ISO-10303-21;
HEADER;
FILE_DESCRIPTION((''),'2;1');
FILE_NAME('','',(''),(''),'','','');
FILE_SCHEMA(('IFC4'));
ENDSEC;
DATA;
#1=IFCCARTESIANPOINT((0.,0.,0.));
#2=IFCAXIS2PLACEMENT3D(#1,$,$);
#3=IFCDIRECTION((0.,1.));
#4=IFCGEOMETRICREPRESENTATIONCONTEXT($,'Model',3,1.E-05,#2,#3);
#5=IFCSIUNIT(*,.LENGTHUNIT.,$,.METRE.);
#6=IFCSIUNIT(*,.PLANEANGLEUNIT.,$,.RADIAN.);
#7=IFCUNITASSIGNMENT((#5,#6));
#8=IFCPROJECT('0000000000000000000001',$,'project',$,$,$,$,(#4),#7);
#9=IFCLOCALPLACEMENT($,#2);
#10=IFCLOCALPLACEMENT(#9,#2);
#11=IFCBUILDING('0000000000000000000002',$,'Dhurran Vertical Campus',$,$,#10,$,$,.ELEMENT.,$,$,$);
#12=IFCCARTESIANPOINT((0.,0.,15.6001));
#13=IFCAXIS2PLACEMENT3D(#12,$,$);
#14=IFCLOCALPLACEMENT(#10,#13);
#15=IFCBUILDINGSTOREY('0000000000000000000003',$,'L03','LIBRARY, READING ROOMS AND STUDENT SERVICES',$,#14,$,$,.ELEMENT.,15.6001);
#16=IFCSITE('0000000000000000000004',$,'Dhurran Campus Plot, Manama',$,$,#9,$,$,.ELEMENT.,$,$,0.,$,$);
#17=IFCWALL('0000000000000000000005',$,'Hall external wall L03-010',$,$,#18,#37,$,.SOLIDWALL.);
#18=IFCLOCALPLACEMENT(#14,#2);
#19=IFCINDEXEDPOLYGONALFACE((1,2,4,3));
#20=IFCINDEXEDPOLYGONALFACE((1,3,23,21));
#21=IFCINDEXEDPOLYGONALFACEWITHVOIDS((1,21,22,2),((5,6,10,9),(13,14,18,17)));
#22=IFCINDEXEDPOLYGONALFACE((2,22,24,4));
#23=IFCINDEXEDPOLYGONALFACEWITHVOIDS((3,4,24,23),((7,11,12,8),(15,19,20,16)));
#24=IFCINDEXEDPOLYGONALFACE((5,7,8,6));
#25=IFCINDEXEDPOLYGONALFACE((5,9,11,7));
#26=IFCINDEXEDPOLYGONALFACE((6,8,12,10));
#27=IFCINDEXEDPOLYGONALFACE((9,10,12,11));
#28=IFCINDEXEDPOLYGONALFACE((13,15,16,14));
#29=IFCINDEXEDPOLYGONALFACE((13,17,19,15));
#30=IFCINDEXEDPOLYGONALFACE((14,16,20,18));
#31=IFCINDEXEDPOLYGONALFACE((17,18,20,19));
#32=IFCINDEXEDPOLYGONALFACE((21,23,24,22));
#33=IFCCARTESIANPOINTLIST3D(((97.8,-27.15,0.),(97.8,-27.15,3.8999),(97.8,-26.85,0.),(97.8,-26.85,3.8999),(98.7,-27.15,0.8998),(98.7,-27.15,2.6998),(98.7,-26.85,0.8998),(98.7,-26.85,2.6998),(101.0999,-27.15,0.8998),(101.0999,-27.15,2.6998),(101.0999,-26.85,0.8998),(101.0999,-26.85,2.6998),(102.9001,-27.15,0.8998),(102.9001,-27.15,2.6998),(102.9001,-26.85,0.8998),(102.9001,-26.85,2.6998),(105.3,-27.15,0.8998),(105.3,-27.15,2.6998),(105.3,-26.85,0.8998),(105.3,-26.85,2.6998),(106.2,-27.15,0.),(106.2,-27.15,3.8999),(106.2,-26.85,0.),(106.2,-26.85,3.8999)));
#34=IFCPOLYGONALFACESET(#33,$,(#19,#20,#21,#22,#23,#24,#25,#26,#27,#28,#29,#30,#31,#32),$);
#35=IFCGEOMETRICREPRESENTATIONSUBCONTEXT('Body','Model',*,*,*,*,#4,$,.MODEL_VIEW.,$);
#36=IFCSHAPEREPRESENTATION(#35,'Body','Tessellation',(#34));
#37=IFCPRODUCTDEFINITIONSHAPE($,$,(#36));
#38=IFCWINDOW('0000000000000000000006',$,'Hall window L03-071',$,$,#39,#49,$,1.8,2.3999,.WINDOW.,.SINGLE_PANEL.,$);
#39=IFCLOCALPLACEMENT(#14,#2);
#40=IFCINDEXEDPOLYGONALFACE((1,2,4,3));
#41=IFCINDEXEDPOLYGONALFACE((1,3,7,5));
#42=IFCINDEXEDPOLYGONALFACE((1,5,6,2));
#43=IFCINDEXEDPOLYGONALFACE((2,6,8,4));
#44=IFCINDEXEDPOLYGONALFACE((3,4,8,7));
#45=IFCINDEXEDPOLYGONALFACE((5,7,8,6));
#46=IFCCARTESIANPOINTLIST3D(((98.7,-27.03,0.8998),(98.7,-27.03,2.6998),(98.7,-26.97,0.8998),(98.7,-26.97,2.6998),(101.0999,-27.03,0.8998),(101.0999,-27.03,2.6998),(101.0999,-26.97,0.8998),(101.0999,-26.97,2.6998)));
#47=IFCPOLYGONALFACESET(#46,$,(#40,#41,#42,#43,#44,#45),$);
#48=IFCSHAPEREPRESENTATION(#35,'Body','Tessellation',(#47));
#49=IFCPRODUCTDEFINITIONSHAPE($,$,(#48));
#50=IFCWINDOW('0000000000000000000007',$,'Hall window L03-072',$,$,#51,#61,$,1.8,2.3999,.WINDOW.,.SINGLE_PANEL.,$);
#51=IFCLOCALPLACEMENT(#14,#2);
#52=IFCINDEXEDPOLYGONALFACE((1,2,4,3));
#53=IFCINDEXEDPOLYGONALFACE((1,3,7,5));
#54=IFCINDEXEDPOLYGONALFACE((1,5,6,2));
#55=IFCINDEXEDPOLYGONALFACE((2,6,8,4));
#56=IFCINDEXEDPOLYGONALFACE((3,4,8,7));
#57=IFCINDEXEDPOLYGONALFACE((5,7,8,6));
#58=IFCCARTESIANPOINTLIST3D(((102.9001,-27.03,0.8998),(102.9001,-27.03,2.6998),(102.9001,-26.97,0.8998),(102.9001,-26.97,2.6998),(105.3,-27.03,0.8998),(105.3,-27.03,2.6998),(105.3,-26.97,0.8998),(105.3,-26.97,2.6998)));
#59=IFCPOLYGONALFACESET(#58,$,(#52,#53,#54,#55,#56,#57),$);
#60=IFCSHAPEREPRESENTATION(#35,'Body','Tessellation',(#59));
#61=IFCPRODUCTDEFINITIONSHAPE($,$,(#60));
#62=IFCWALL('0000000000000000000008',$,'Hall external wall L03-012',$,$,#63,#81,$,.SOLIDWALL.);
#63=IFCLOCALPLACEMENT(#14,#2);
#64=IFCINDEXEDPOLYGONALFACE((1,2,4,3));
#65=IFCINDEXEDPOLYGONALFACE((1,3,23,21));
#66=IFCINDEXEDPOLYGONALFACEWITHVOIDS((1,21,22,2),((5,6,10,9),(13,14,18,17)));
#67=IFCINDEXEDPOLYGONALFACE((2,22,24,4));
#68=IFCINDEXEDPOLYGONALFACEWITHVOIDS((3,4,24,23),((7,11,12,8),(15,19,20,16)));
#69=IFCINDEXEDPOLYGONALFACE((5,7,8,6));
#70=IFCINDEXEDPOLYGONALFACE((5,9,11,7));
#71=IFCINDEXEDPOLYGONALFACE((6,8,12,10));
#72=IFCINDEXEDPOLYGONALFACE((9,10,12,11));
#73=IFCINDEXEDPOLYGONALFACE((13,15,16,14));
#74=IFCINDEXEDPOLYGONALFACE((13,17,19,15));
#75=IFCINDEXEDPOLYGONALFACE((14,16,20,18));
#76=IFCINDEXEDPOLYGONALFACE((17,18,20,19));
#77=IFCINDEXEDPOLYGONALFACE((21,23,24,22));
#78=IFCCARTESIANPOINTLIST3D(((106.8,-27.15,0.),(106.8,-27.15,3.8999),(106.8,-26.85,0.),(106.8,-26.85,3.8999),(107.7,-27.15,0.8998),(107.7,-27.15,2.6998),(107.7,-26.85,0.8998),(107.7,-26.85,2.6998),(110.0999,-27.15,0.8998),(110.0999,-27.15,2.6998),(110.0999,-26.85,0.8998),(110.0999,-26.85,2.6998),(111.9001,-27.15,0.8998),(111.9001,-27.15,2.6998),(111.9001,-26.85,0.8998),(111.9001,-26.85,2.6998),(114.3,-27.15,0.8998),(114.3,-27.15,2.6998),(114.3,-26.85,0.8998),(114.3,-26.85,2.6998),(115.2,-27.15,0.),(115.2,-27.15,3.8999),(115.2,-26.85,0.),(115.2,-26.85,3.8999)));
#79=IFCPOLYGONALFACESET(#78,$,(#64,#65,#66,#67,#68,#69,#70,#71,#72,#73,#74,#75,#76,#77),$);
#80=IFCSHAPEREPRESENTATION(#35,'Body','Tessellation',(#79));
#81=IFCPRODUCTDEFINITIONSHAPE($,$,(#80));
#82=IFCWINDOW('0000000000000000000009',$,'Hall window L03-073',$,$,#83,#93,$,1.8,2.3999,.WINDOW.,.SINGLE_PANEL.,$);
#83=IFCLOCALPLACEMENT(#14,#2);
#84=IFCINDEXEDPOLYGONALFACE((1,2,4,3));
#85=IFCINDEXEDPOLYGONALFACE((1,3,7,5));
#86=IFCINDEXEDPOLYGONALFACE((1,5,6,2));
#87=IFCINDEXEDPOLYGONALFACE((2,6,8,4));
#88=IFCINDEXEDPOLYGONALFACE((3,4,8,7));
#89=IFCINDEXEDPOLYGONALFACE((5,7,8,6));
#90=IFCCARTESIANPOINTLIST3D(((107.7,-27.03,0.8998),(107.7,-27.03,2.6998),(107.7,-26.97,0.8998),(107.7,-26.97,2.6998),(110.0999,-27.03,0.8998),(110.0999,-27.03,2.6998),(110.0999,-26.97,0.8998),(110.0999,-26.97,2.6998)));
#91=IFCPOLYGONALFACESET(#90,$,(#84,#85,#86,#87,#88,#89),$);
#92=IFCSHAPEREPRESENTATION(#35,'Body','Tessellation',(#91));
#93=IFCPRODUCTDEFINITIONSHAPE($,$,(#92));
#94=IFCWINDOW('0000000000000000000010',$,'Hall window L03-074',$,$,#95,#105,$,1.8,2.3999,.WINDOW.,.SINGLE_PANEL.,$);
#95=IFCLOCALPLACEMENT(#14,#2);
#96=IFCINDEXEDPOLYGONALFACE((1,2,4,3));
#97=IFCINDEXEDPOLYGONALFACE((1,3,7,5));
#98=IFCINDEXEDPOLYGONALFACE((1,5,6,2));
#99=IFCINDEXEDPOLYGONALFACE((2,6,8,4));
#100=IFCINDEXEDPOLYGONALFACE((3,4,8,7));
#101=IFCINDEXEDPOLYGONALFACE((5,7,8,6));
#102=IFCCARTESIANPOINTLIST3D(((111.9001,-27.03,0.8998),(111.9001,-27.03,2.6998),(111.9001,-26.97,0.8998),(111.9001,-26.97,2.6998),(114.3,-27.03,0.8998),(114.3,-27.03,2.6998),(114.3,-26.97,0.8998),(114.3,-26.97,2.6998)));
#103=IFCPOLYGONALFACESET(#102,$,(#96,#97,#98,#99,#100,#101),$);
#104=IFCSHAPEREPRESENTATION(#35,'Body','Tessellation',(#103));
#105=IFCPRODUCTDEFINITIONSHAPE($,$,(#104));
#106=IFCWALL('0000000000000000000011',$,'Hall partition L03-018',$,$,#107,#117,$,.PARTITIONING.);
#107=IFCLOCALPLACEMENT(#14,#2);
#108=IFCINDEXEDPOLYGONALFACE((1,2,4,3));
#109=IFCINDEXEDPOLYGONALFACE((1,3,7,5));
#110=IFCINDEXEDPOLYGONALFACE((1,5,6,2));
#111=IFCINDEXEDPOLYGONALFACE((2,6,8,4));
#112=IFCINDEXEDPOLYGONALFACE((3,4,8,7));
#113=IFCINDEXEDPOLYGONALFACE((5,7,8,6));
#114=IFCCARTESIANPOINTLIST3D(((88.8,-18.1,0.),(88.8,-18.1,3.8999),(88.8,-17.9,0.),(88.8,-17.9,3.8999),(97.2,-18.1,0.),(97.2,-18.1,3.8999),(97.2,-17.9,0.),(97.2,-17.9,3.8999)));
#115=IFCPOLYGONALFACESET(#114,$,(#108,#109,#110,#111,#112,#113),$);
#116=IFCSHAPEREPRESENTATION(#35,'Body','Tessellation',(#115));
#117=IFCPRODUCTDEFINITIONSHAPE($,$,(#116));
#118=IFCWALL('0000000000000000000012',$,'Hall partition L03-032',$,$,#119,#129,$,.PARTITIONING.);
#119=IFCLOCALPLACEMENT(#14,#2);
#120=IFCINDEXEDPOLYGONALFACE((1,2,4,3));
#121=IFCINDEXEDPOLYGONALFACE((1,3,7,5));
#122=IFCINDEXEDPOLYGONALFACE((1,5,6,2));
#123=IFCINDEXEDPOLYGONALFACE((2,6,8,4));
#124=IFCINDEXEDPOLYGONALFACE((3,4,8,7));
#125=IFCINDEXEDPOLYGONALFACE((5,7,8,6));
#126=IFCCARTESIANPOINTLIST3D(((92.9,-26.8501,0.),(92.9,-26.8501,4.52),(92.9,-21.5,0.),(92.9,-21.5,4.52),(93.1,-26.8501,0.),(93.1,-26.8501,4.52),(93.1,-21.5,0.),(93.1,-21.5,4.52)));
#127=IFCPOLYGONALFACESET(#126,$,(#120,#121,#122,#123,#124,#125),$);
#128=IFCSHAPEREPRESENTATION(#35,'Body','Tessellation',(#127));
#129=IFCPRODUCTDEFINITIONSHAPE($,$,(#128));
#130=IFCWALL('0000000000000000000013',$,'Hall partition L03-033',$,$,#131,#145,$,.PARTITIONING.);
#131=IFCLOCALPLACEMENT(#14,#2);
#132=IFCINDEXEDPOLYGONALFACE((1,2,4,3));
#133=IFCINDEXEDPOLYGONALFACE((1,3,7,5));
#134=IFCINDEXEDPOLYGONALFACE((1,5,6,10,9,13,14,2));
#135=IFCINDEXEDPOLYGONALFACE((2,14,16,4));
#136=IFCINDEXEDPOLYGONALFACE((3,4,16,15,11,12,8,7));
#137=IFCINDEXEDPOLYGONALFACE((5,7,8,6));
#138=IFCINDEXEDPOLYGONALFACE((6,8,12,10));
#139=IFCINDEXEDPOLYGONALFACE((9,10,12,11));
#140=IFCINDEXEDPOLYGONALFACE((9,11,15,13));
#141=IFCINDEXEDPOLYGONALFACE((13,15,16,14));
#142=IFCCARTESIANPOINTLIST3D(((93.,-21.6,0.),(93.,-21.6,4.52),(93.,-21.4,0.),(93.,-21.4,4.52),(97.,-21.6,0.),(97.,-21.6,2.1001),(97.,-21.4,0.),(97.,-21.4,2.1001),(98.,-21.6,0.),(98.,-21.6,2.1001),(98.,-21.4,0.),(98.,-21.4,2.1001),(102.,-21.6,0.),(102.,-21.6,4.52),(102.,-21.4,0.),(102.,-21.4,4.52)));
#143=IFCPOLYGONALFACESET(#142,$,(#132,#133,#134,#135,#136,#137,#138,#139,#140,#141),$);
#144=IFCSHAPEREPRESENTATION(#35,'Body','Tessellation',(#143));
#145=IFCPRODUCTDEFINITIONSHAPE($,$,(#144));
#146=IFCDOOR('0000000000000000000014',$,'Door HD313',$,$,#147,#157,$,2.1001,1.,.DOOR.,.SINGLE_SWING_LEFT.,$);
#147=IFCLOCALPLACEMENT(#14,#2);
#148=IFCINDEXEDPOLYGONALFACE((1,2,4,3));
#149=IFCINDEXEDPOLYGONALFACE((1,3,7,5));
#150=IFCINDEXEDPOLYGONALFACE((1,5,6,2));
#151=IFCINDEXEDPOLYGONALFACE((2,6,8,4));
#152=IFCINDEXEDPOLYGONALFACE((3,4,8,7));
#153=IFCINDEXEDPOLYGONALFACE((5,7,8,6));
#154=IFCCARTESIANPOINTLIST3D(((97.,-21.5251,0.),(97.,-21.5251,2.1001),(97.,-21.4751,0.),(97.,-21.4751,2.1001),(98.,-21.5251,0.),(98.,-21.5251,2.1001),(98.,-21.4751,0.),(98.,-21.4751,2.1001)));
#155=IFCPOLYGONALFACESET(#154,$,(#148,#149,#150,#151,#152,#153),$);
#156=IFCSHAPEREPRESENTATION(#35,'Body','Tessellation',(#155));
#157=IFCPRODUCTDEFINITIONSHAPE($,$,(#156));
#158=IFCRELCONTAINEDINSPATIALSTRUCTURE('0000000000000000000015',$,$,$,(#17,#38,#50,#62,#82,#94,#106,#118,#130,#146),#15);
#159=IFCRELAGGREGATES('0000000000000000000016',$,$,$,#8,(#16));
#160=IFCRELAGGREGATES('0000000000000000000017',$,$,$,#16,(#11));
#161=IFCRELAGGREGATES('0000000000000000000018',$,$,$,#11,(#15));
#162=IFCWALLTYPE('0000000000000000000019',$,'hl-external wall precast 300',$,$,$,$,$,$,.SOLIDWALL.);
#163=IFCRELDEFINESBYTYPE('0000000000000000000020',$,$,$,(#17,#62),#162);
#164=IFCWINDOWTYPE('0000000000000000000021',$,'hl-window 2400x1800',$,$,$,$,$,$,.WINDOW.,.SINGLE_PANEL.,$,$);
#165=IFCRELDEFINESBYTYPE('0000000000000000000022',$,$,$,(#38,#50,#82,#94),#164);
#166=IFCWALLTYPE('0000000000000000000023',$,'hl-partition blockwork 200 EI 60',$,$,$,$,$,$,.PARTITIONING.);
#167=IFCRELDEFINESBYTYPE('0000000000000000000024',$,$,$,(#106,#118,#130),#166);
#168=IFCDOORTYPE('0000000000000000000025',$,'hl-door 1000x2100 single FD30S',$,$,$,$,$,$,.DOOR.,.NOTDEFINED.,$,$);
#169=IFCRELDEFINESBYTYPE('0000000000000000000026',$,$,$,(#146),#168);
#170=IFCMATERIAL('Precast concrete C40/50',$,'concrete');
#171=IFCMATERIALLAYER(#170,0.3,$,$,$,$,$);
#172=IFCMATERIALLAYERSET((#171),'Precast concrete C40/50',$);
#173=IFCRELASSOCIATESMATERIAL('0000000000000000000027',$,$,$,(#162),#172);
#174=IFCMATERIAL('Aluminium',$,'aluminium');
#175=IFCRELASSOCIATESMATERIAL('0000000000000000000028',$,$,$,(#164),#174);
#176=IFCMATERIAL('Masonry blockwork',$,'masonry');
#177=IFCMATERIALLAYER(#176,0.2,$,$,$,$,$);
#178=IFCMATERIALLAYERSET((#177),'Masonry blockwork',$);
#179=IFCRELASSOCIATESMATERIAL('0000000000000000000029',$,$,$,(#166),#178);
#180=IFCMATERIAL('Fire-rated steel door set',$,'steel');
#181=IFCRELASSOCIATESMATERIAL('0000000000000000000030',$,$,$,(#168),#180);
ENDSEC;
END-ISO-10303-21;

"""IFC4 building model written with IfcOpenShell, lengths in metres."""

from ifc_helpers import new_model, si_unit, direction, frame, frame_2d, origin, place, context, subcontext, project, spatial, rectangle, extrude, material, layer, layer_set, type_object, element, fill, save


model = new_model("IFC4")

# Units and contexts
model_context = context("Model", 3, precision=1e-05, world=origin(), true_north=direction((0.0, 1.0)))
body_context = subcontext(model_context, "Body", "Model", "MODEL_VIEW")
ifc_project = project(units=[si_unit("LENGTHUNIT", "METRE"), si_unit("PLANEANGLEUNIT", "RADIAN")], contexts=[model_context])

# Site, building, storey
site_placement = place(None, origin())
site = spatial("IfcSite", under=ifc_project, at=site_placement, Name="Dhurran Campus Plot, Manama", CompositionType="ELEMENT", RefElevation=0.0)
building_placement = place(site_placement, origin())
building = spatial("IfcBuilding", under=site, at=building_placement, Name="Dhurran Vertical Campus", CompositionType="ELEMENT")
storey_placement = place(building_placement, frame((0.0, 0.0, 15.6001)))
storey = spatial("IfcBuildingStorey", under=building, at=storey_placement, Name="L03", Description="LIBRARY, READING ROOMS AND STUDENT SERVICES", CompositionType="ELEMENT", Elevation=15.6001)

# Walls, openings, windows
ifc_material_1 = material(Name="Precast concrete C40/50", Category="concrete")
ifc_layer_1 = layer(ifc_material_1, 0.3)
ifc_layer_set_1 = layer_set([ifc_layer_1], Name="Precast concrete C40/50")
wall_type_1 = type_object("IfcWallType", Name="hl-external wall precast 300", PredefinedType="SOLIDWALL", material=ifc_layer_set_1)
ifc_material_2 = material(Name="Aluminium", Category="aluminium")
window_type = type_object("IfcWindowType", Name="hl-window 2400x1800", PartitioningType="SINGLE_PANEL", PredefinedType="WINDOW", material=ifc_material_2)
wall_1_placement = place(storey_placement, frame((97.8, -27.0, 0.0), z_axis=(0.0, 0.0, 1.0), x_axis=(1.0, 0.0, 0.0)))
wall_1 = element("IfcWall", 1, at=wall_1_placement, inside=storey, type_object=wall_type_1, Name="Hall external wall L03-010", PredefinedType="SOLIDWALL", context=body_context, shape_type="SweptSolid", body=[
    extrude(rectangle(XDim=8.3999, YDim=0.3, at=frame_2d((4.2, 0.0))), origin(), (0.0, 0.0, 1.0), 3.8999),
])
opening_1_placement = place(wall_1_placement, frame((0.8999, 0.0, 0.8999)))
opening_1 = element("IfcOpeningElement", 2, at=opening_1_placement, cuts=wall_1, PredefinedType="OPENING", context=body_context, shape_type="SweptSolid", body=[
    extrude(rectangle(XDim=2.3999, YDim=1.8, at=frame_2d((1.2, 0.8999))), frame((0.0, 0.1599, 0.0), z_axis=(0.0, -1.0, 0.0), x_axis=(1.0, 0.0, 0.0)), (0.0, 0.0, 1.0), 0.3201),
])
opening_2_placement = place(wall_1_placement, frame((5.1001, 0.0, 0.8999)))
opening_2 = element("IfcOpeningElement", 3, at=opening_2_placement, cuts=wall_1, PredefinedType="OPENING", context=body_context, shape_type="SweptSolid", body=[
    extrude(rectangle(XDim=2.3999, YDim=1.8, at=frame_2d((1.2, 0.8999))), frame((0.0, 0.1599, 0.0), z_axis=(0.0, -1.0, 0.0), x_axis=(1.0, 0.0, 0.0)), (0.0, 0.0, 1.0), 0.3201),
])
window_1_placement = place(opening_1_placement, origin())
window_1 = element("IfcWindow", 4, at=window_1_placement, inside=storey, type_object=window_type, Name="Hall window L03-071", OverallHeight=1.8, OverallWidth=2.3999, PartitioningType="SINGLE_PANEL", PredefinedType="WINDOW", context=body_context, shape_type="SweptSolid", body=[
    extrude(rectangle(XDim=2.3999, YDim=1.8, at=frame_2d((1.2, 0.8999))), frame((0.0, 0.03, 0.0), z_axis=(0.0, -1.0, 0.0), x_axis=(1.0, 0.0, 0.0)), (0.0, 0.0, 1.0), 0.0601),
])
fill(opening_1, window_1)
window_2_placement = place(opening_2_placement, origin())
window_2 = element("IfcWindow", 5, at=window_2_placement, inside=storey, type_object=window_type, Name="Hall window L03-072", OverallHeight=1.8, OverallWidth=2.3999, PartitioningType="SINGLE_PANEL", PredefinedType="WINDOW", context=body_context, shape_type="SweptSolid", body=[
    extrude(rectangle(XDim=2.3999, YDim=1.8, at=frame_2d((1.2, 0.8999))), frame((0.0, 0.03, 0.0), z_axis=(0.0, -1.0, 0.0), x_axis=(1.0, 0.0, 0.0)), (0.0, 0.0, 1.0), 0.0601),
])
fill(opening_2, window_2)
wall_2_placement = place(storey_placement, frame((106.8, -27.0, 0.0), z_axis=(0.0, 0.0, 1.0), x_axis=(1.0, 0.0, 0.0)))
wall_2 = element("IfcWall", 6, at=wall_2_placement, inside=storey, type_object=wall_type_1, Name="Hall external wall L03-012", PredefinedType="SOLIDWALL", context=body_context, shape_type="SweptSolid", body=[
    extrude(rectangle(XDim=8.3999, YDim=0.3, at=frame_2d((4.2, 0.0))), origin(), (0.0, 0.0, 1.0), 3.8999),
])
opening_3_placement = place(wall_2_placement, frame((0.8999, 0.0, 0.8999)))
opening_3 = element("IfcOpeningElement", 7, at=opening_3_placement, cuts=wall_2, PredefinedType="OPENING", context=body_context, shape_type="SweptSolid", body=[
    extrude(rectangle(XDim=2.3999, YDim=1.8, at=frame_2d((1.2, 0.8999))), frame((0.0, 0.1599, 0.0), z_axis=(0.0, -1.0, 0.0), x_axis=(1.0, 0.0, 0.0)), (0.0, 0.0, 1.0), 0.3201),
])
opening_4_placement = place(wall_2_placement, frame((5.1001, 0.0, 0.8999)))
opening_4 = element("IfcOpeningElement", 8, at=opening_4_placement, cuts=wall_2, PredefinedType="OPENING", context=body_context, shape_type="SweptSolid", body=[
    extrude(rectangle(XDim=2.3999, YDim=1.8, at=frame_2d((1.2, 0.8999))), frame((0.0, 0.1599, 0.0), z_axis=(0.0, -1.0, 0.0), x_axis=(1.0, 0.0, 0.0)), (0.0, 0.0, 1.0), 0.3201),
])
window_3_placement = place(opening_3_placement, origin())
window_3 = element("IfcWindow", 9, at=window_3_placement, inside=storey, type_object=window_type, Name="Hall window L03-073", OverallHeight=1.8, OverallWidth=2.3999, PartitioningType="SINGLE_PANEL", PredefinedType="WINDOW", context=body_context, shape_type="SweptSolid", body=[
    extrude(rectangle(XDim=2.3999, YDim=1.8, at=frame_2d((1.2, 0.8999))), frame((0.0, 0.03, 0.0), z_axis=(0.0, -1.0, 0.0), x_axis=(1.0, 0.0, 0.0)), (0.0, 0.0, 1.0), 0.0601),
])
fill(opening_3, window_3)
window_4_placement = place(opening_4_placement, origin())
window_4 = element("IfcWindow", 10, at=window_4_placement, inside=storey, type_object=window_type, Name="Hall window L03-074", OverallHeight=1.8, OverallWidth=2.3999, PartitioningType="SINGLE_PANEL", PredefinedType="WINDOW", context=body_context, shape_type="SweptSolid", body=[
    extrude(rectangle(XDim=2.3999, YDim=1.8, at=frame_2d((1.2, 0.8999))), frame((0.0, 0.03, 0.0), z_axis=(0.0, -1.0, 0.0), x_axis=(1.0, 0.0, 0.0)), (0.0, 0.0, 1.0), 0.0601),
])
fill(opening_4, window_4)

# Walls
ifc_material_3 = material(Name="Masonry blockwork", Category="masonry")
ifc_layer_2 = layer(ifc_material_3, 0.2)
ifc_layer_set_2 = layer_set([ifc_layer_2], Name="Masonry blockwork")
wall_type_2 = type_object("IfcWallType", Name="hl-partition blockwork 200 EI 60", PredefinedType="PARTITIONING", material=ifc_layer_set_2)
wall_3_placement = place(storey_placement, frame((88.8, -18.0, 0.0), z_axis=(0.0, 0.0, 1.0), x_axis=(1.0, 0.0, 0.0)))
element("IfcWall", 11, at=wall_3_placement, inside=storey, type_object=wall_type_2, Name="Hall partition L03-018", PredefinedType="PARTITIONING", context=body_context, shape_type="SweptSolid", body=[
    extrude(rectangle(XDim=8.3999, YDim=0.2, at=frame_2d((4.2, 0.0))), origin(), (0.0, 0.0, 1.0), 3.8999),
])
wall_4_placement = place(storey_placement, frame((93.0, -26.8501, 0.0), z_axis=(0.0, 0.0, 1.0), x_axis=(0.0, 1.0, 0.0)))
element("IfcWall", 12, at=wall_4_placement, inside=storey, type_object=wall_type_2, Name="Hall partition L03-032", PredefinedType="PARTITIONING", context=body_context, shape_type="SweptSolid", body=[
    extrude(rectangle(XDim=5.3501, YDim=0.2, at=frame_2d((2.675, 0.0))), origin(), (0.0, 0.0, 1.0), 4.52),
])

# Wall, opening, door
wall_5_placement = place(storey_placement, frame((93.0, -21.5, 0.0), z_axis=(0.0, 0.0, 1.0), x_axis=(1.0, 0.0, 0.0)))
wall_5 = element("IfcWall", 13, at=wall_5_placement, inside=storey, type_object=wall_type_2, Name="Hall partition L03-033", PredefinedType="PARTITIONING", context=body_context, shape_type="SweptSolid", body=[
    extrude(rectangle(XDim=9.0, YDim=0.2, at=frame_2d((4.5, 0.0))), origin(), (0.0, 0.0, 1.0), 4.52),
])
opening_5_placement = place(wall_5_placement, frame((4.0, 0.0, 0.0)))
opening_5 = element("IfcOpeningElement", 14, at=opening_5_placement, cuts=wall_5, PredefinedType="OPENING", context=body_context, shape_type="SweptSolid", body=[
    extrude(rectangle(XDim=1.0, YDim=2.1001, at=frame_2d((0.5, 1.05))), frame((0.0, 0.1099, 0.0), z_axis=(0.0, -1.0, 0.0), x_axis=(1.0, 0.0, 0.0)), (0.0, 0.0, 1.0), 0.22),
])
ifc_material_4 = material(Name="Fire-rated steel door set", Category="steel")
door_type_1 = type_object("IfcDoorType", Name="hl-door 1000x2100 single FD30S", OperationType="NOTDEFINED", PredefinedType="DOOR", material=ifc_material_4)
door_1_placement = place(opening_5_placement, origin())
door_1 = element("IfcDoor", 15, at=door_1_placement, inside=storey, type_object=door_type_1, Name="Door HD313", OperationType="SINGLE_SWING_LEFT", OverallHeight=2.1001, OverallWidth=1.0, PredefinedType="DOOR", context=body_context, shape_type="SweptSolid", body=[
    extrude(rectangle(XDim=1.0, YDim=2.1001, at=frame_2d((0.5, 1.05))), frame((0.0, 0.0249, 0.0), z_axis=(0.0, -1.0, 0.0), x_axis=(1.0, 0.0, 0.0)), (0.0, 0.0, 1.0), 0.05),
])
fill(opening_5, door_1)

save(model, "model.ifc")
